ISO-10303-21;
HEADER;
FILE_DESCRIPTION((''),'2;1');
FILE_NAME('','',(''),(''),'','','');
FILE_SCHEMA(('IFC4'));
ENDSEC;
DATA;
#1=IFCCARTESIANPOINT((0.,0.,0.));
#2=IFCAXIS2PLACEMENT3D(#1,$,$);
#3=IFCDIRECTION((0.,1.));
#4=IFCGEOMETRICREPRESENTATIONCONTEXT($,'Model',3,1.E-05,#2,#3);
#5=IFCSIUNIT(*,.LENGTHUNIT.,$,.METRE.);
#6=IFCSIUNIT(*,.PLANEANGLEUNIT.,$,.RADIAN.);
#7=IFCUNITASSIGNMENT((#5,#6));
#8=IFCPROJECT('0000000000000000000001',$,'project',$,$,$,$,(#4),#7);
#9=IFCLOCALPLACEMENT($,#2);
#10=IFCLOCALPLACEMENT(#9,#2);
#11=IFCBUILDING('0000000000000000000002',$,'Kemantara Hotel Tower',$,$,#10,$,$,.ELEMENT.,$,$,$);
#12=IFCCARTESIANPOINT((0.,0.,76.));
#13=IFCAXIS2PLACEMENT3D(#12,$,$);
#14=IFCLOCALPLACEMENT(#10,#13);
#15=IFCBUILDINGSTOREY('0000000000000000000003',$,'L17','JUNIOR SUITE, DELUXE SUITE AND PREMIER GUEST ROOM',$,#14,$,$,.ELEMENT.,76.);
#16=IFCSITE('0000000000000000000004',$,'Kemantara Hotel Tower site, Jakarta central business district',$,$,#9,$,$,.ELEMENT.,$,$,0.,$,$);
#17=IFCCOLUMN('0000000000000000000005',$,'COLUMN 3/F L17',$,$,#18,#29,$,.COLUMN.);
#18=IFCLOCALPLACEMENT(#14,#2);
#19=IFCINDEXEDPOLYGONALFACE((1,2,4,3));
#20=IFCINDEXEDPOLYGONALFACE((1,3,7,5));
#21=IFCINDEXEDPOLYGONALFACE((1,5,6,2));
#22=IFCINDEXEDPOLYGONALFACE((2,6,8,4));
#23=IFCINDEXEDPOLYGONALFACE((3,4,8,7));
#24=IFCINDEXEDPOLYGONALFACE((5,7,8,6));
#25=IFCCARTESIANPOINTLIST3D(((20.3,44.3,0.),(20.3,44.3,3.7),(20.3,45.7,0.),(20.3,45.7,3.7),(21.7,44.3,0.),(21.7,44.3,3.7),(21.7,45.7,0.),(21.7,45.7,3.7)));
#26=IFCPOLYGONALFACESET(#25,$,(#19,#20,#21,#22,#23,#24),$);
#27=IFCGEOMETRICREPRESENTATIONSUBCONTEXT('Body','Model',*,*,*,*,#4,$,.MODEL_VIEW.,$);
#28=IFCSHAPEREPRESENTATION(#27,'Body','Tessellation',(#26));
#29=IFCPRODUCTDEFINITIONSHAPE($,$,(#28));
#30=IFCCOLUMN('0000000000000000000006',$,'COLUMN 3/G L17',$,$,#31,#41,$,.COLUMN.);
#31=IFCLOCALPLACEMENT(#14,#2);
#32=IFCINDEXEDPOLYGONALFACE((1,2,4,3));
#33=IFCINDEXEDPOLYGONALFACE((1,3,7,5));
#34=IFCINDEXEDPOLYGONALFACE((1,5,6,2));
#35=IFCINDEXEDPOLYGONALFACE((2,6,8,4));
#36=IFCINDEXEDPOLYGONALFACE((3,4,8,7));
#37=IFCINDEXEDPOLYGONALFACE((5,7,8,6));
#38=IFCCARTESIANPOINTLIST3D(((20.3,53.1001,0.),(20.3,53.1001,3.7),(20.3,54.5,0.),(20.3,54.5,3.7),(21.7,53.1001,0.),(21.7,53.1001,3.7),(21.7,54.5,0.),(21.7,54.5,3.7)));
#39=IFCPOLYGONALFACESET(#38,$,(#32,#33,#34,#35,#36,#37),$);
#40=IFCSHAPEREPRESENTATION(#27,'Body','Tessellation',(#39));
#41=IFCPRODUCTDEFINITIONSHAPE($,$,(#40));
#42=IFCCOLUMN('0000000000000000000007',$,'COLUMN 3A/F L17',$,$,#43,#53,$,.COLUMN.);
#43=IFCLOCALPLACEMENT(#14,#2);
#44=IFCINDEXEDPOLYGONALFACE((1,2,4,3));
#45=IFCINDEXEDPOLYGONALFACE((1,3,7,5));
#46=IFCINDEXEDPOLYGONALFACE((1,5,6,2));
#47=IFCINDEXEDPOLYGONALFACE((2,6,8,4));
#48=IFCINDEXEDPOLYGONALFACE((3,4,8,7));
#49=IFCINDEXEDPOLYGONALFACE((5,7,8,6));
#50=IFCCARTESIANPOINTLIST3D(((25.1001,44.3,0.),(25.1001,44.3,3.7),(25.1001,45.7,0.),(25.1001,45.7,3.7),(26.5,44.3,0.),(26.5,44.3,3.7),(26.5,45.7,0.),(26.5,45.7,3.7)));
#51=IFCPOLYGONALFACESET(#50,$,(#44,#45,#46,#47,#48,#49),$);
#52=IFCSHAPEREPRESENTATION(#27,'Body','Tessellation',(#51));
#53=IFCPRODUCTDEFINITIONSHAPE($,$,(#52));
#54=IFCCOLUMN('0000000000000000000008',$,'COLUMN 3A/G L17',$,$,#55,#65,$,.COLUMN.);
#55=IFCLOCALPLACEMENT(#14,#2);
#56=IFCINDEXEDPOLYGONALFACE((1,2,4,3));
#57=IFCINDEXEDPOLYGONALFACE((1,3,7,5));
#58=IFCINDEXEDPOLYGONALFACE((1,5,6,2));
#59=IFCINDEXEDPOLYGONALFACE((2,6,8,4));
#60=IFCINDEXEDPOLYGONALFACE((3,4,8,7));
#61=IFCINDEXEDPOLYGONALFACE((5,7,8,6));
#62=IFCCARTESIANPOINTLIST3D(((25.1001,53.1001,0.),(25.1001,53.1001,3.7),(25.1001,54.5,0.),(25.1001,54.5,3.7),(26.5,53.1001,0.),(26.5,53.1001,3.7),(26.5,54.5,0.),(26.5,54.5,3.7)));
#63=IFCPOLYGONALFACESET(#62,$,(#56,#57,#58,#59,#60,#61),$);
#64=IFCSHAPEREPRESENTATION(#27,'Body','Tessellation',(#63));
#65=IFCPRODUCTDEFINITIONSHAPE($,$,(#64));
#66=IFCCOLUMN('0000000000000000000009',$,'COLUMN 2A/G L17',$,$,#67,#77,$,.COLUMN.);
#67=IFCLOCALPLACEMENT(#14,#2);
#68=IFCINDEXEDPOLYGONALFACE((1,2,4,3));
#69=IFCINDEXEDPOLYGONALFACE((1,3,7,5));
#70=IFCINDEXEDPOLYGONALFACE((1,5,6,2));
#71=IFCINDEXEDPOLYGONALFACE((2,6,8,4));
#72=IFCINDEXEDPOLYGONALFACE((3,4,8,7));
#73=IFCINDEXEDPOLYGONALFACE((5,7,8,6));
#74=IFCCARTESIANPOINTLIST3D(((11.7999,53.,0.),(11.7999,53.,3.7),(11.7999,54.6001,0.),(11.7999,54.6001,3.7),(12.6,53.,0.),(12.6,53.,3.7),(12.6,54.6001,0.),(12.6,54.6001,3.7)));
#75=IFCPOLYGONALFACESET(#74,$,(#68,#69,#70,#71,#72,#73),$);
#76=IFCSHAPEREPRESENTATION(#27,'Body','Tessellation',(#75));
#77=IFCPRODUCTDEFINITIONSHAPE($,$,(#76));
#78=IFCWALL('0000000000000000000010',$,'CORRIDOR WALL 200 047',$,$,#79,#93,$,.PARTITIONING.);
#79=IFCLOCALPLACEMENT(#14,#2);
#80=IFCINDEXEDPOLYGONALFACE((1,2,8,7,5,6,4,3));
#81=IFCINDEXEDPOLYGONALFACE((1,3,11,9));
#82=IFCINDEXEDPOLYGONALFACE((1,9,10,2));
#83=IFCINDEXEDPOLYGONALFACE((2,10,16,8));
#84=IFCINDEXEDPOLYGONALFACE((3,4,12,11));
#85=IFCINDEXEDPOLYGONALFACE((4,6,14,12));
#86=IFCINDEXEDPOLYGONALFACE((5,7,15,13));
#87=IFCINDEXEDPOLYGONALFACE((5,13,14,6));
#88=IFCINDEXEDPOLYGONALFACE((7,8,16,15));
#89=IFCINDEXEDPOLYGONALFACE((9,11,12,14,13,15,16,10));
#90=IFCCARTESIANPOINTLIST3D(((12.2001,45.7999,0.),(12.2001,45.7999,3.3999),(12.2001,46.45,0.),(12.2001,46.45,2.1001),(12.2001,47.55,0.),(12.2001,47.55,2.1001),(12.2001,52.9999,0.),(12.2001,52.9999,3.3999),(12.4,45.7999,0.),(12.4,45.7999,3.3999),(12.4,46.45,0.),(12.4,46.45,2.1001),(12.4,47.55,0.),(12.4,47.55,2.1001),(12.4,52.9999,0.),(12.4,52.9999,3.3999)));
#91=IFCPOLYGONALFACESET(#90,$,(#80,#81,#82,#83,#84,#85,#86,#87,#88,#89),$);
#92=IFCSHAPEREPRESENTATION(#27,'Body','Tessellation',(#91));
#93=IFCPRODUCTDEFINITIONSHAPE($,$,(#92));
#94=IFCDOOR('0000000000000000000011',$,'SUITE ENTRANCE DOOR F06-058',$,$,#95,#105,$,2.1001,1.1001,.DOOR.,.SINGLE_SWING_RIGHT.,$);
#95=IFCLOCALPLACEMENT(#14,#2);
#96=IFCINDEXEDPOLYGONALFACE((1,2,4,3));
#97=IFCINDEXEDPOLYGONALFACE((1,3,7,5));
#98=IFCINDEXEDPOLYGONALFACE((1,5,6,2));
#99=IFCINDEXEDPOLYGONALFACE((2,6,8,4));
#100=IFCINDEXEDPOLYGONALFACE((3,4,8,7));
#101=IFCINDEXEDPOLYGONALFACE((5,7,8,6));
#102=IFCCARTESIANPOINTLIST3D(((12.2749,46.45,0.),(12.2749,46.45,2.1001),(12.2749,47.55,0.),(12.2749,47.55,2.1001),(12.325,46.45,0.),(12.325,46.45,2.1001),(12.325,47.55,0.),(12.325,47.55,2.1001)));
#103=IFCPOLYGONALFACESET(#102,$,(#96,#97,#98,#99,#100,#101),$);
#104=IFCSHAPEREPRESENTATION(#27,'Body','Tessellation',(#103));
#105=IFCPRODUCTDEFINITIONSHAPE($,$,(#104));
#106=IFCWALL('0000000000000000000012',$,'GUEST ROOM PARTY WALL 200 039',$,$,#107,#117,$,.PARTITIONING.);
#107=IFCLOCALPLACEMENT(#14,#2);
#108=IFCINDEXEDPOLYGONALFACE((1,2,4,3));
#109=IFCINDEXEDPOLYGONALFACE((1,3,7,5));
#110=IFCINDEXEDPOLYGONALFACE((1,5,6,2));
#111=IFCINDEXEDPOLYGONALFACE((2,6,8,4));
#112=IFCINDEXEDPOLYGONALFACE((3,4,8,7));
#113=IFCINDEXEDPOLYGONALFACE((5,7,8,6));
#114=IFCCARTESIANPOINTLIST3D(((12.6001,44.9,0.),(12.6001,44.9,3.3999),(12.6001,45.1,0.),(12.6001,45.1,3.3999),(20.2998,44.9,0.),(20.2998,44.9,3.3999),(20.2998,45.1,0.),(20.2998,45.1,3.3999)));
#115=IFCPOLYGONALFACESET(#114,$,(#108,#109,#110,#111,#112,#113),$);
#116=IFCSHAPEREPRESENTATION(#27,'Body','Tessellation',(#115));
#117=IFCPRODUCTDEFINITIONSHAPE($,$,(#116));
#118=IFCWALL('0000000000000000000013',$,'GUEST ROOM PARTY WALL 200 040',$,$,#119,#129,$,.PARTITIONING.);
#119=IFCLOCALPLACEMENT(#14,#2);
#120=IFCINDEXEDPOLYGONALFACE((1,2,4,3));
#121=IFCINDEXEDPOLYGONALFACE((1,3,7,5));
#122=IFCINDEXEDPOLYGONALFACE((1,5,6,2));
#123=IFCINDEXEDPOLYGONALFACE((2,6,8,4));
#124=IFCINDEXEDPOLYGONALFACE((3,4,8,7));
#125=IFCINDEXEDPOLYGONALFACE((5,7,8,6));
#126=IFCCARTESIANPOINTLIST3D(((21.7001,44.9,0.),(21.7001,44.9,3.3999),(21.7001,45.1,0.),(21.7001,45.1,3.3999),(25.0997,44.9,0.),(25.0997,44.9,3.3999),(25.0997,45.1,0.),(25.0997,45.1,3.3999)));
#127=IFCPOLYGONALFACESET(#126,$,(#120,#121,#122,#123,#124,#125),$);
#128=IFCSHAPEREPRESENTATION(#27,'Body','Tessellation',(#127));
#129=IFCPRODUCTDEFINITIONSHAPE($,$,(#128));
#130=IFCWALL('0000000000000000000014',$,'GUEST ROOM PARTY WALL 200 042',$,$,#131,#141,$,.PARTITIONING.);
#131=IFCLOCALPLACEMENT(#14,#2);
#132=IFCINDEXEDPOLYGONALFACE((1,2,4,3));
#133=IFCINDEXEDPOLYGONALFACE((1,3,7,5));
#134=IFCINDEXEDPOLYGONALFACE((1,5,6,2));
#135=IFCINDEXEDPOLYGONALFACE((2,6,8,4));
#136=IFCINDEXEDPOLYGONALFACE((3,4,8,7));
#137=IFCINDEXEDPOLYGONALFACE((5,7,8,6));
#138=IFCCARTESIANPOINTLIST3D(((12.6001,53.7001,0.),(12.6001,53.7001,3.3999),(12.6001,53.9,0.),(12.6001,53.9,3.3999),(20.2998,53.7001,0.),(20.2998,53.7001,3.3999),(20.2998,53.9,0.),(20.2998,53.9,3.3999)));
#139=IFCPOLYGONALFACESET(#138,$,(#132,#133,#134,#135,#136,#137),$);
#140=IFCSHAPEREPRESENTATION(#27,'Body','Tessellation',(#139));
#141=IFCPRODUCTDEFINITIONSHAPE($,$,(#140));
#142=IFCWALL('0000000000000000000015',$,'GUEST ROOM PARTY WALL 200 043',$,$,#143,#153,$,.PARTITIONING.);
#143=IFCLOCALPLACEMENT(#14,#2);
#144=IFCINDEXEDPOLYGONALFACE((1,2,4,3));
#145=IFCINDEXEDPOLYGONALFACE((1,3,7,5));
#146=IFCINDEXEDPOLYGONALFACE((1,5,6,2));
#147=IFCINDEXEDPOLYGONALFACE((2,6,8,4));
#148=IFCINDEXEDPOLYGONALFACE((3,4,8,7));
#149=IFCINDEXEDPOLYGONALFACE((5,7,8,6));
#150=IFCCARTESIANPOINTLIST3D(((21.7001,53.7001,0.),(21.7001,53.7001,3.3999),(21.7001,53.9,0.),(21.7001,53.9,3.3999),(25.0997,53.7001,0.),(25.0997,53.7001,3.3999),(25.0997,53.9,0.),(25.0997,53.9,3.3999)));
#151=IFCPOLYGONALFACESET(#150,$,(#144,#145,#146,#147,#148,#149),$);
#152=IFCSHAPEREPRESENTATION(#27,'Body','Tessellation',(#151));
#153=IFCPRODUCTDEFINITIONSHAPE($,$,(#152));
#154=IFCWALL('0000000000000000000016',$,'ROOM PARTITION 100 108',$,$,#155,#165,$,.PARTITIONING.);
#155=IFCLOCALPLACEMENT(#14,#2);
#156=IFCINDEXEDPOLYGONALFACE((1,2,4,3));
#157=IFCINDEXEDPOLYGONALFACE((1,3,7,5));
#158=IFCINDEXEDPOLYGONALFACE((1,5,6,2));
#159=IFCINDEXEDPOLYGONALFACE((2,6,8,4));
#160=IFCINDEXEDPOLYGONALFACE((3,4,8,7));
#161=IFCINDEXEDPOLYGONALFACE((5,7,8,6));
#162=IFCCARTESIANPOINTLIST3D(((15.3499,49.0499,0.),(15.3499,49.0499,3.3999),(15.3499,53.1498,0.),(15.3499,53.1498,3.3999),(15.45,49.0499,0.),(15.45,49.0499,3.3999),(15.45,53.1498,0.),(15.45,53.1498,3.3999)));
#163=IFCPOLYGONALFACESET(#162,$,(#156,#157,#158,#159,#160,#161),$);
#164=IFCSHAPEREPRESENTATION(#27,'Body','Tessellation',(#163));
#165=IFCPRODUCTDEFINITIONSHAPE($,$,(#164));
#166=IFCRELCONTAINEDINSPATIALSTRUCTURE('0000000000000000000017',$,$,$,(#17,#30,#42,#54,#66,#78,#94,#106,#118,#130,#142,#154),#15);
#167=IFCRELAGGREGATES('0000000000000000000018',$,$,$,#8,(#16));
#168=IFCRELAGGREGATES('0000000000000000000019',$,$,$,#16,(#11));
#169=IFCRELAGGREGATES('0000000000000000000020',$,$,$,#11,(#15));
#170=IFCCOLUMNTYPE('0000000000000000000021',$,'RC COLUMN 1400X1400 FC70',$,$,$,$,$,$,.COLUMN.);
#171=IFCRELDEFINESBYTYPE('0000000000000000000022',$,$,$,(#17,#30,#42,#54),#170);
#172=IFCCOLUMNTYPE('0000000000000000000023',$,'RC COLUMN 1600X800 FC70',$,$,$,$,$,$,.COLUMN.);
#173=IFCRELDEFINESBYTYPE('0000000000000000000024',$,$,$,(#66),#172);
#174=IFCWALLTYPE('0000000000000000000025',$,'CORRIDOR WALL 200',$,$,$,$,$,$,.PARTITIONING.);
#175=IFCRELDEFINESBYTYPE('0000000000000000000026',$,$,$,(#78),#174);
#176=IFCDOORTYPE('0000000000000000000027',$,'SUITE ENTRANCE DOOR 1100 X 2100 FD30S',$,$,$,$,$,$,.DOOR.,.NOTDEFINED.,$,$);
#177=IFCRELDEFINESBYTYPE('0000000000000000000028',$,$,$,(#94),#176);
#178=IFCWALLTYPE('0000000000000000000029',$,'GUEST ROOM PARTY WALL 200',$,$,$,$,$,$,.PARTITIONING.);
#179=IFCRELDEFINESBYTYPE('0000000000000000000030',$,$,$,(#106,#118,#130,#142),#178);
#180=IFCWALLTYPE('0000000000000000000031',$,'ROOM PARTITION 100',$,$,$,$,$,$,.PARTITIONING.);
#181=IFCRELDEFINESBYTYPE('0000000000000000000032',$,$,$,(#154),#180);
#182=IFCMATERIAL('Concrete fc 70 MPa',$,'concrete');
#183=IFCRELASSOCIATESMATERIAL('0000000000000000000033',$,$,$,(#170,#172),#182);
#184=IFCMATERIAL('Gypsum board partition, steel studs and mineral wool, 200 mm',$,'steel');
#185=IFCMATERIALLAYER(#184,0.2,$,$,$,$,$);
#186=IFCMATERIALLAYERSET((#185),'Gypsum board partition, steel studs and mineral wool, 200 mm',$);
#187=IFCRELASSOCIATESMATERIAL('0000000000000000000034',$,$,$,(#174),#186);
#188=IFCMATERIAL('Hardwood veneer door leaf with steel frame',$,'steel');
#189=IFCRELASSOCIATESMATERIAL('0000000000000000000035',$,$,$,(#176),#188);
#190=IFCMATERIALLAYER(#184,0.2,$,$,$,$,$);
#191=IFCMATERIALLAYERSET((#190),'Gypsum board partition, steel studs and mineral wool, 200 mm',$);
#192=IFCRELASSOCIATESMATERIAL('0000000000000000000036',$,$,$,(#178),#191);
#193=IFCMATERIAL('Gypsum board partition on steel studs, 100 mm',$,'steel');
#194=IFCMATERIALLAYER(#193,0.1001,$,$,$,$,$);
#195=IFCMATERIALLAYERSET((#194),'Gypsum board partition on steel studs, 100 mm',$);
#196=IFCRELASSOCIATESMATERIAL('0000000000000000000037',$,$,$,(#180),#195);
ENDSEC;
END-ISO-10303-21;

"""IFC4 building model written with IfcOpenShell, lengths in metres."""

from ifc_helpers import new_model, si_unit, direction, frame, frame_2d, origin, origin_2d, place, context, subcontext, project, spatial, rectangle, extrude, material, layer, layer_set, material_profile, profile_set, type_object, element, fill, save


model = new_model("IFC4")

# Units and contexts
model_context = context("Model", 3, precision=1e-05, world=origin(), true_north=direction((0.0, 1.0)))
body_context = subcontext(model_context, "Body", "Model", "MODEL_VIEW")
ifc_project = project(units=[si_unit("LENGTHUNIT", "METRE"), si_unit("PLANEANGLEUNIT", "RADIAN")], contexts=[model_context])

# Site, building, storey
site_placement = place(None, origin())
site = spatial("IfcSite", under=ifc_project, at=site_placement, Name="Kemantara Hotel Tower site, Jakarta central business district", CompositionType="ELEMENT", RefElevation=0.0)
building_placement = place(site_placement, origin())
building = spatial("IfcBuilding", under=site, at=building_placement, Name="Kemantara Hotel Tower", CompositionType="ELEMENT")
storey_placement = place(building_placement, frame((0.0, 0.0, 76.0)))
storey = spatial("IfcBuildingStorey", under=building, at=storey_placement, Name="L17", Description="JUNIOR SUITE, DELUXE SUITE AND PREMIER GUEST ROOM", CompositionType="ELEMENT", Elevation=76.0)

# Columns
ifc_material_1 = material(Name="Concrete fc 70 MPa", Category="concrete")
ifc_material_profile_1 = material_profile(ifc_material_1, rectangle(XDim=1.3999, YDim=1.3999, at=origin_2d()), Name="RC 1400X1400")
ifc_profile_set_1 = profile_set([ifc_material_profile_1], Name="Concrete fc 70 MPa")
column_type_1 = type_object("IfcColumnType", Name="RC COLUMN 1400X1400 FC70", PredefinedType="COLUMN", material=ifc_profile_set_1)
for number, where, z_axis, x_axis, name in (
    (1, (21.0, 45.0, 0.0), (0.0, 0.0, 1.0), (1.0, 0.0, 0.0), "COLUMN 3/F L17"),
    (2, (21.0, 53.8, 0.0), (0.0, 0.0, 1.0), (1.0, 0.0, 0.0), "COLUMN 3/G L17"),
    (3, (25.8, 45.0, 0.0), (0.0, 0.0, 1.0), (1.0, 0.0, 0.0), "COLUMN 3A/F L17"),
    (4, (25.8, 53.8, 0.0), (0.0, 0.0, 1.0), (1.0, 0.0, 0.0), "COLUMN 3A/G L17"),
):
    element("IfcColumn", number, at=place(storey_placement, frame(where, z_axis=z_axis, x_axis=x_axis)), inside=storey, type_object=column_type_1, Name=name, PredefinedType="COLUMN", context=body_context, shape_type="SweptSolid", body=[
        extrude(rectangle(XDim=1.3999, YDim=1.3999, at=origin_2d()), origin(), (0.0, 0.0, 1.0), 3.7),
    ])
ifc_material_profile_2 = material_profile(ifc_material_1, rectangle(XDim=1.6001, YDim=0.8, at=origin_2d()), Name="RC 1600X800")
ifc_profile_set_2 = profile_set([ifc_material_profile_2], Name="Concrete fc 70 MPa")
column_type_2 = type_object("IfcColumnType", Name="RC COLUMN 1600X800 FC70", PredefinedType="COLUMN", material=ifc_profile_set_2)
column_placement = place(storey_placement, frame((12.2, 53.8, 0.0), z_axis=(0.0, 0.0, 1.0), x_axis=(0.0, 1.0, 0.0)))
element("IfcColumn", 5, at=column_placement, inside=storey, type_object=column_type_2, Name="COLUMN 2A/G L17", PredefinedType="COLUMN", context=body_context, shape_type="SweptSolid", body=[
    extrude(rectangle(XDim=1.6001, YDim=0.8, at=origin_2d()), origin(), (0.0, 0.0, 1.0), 3.7),
])

# Wall, opening, door
ifc_material_2 = material(Name="Gypsum board partition, steel studs and mineral wool, 200 mm", Category="steel")
ifc_layer_1 = layer(ifc_material_2, 0.2)
ifc_layer_set_1 = layer_set([ifc_layer_1], Name="Gypsum board partition, steel studs and mineral wool, 200 mm")
wall_type_1 = type_object("IfcWallType", Name="CORRIDOR WALL 200", PredefinedType="PARTITIONING", material=ifc_layer_set_1)
wall_1_placement = place(storey_placement, frame((12.3, 53.0, 0.0), z_axis=(0.0, 0.0, 1.0), x_axis=(0.0, -1.0, 0.0)))
wall_1 = element("IfcWall", 6, at=wall_1_placement, inside=storey, type_object=wall_type_1, Name="CORRIDOR WALL 200 047", PredefinedType="PARTITIONING", context=body_context, shape_type="SweptSolid", body=[
    extrude(rectangle(XDim=7.2, YDim=0.2, at=frame_2d((3.6001, 0.0))), origin(), (0.0, 0.0, 1.0), 3.3999),
])
opening_1_placement = place(wall_1_placement, frame((5.45, 0.0, 0.0)))
opening_1 = element("IfcOpeningElement", 7, at=opening_1_placement, cuts=wall_1, PredefinedType="OPENING", context=body_context, shape_type="SweptSolid", body=[
    extrude(rectangle(XDim=1.1001, YDim=2.1001, at=frame_2d((0.55, 1.05))), frame((0.0, 0.1099, 0.0), z_axis=(0.0, -1.0, 0.0), x_axis=(1.0, 0.0, 0.0)), (0.0, 0.0, 1.0), 0.22),
])
ifc_material_3 = material(Name="Hardwood veneer door leaf with steel frame", Category="steel")
door_type_1 = type_object("IfcDoorType", Name="SUITE ENTRANCE DOOR 1100 X 2100 FD30S", OperationType="NOTDEFINED", PredefinedType="DOOR", material=ifc_material_3)
door_1_placement = place(opening_1_placement, origin())
door_1 = element("IfcDoor", 8, at=door_1_placement, inside=storey, type_object=door_type_1, Name="SUITE ENTRANCE DOOR F06-058", OperationType="SINGLE_SWING_RIGHT", OverallHeight=2.1001, OverallWidth=1.1001, PredefinedType="DOOR", context=body_context, shape_type="SweptSolid", body=[
    extrude(rectangle(XDim=1.1001, YDim=2.1001, at=frame_2d((0.55, 1.05))), frame((0.0, 0.0249, 0.0), z_axis=(0.0, -1.0, 0.0), x_axis=(1.0, 0.0, 0.0)), (0.0, 0.0, 1.0), 0.05),
])
fill(opening_1, door_1)

# Walls
ifc_layer_2 = layer(ifc_material_2, 0.2)
ifc_layer_set_2 = layer_set([ifc_layer_2], Name="Gypsum board partition, steel studs and mineral wool, 200 mm")
wall_type_2 = type_object("IfcWallType", Name="GUEST ROOM PARTY WALL 200", PredefinedType="PARTITIONING", material=ifc_layer_set_2)
wall_2_placement = place(storey_placement, frame((12.6001, 45.0, 0.0), z_axis=(0.0, 0.0, 1.0), x_axis=(1.0, 0.0, 0.0)))
element("IfcWall", 9, at=wall_2_placement, inside=storey, type_object=wall_type_2, Name="GUEST ROOM PARTY WALL 200 039", PredefinedType="PARTITIONING", context=body_context, shape_type="SweptSolid", body=[
    extrude(rectangle(XDim=7.6997, YDim=0.2, at=frame_2d((3.8499, 0.0))), origin(), (0.0, 0.0, 1.0), 3.3999),
])
wall_3_placement = place(storey_placement, frame((21.7002, 45.0, 0.0), z_axis=(0.0, 0.0, 1.0), x_axis=(1.0, 0.0, 0.0)))
element("IfcWall", 10, at=wall_3_placement, inside=storey, type_object=wall_type_2, Name="GUEST ROOM PARTY WALL 200 040", PredefinedType="PARTITIONING", context=body_context, shape_type="SweptSolid", body=[
    extrude(rectangle(XDim=3.3997, YDim=0.2, at=frame_2d((1.6997, 0.0))), origin(), (0.0, 0.0, 1.0), 3.3999),
])
wall_4_placement = place(storey_placement, frame((12.6001, 53.8, 0.0), z_axis=(0.0, 0.0, 1.0), x_axis=(1.0, 0.0, 0.0)))
element("IfcWall", 11, at=wall_4_placement, inside=storey, type_object=wall_type_2, Name="GUEST ROOM PARTY WALL 200 042", PredefinedType="PARTITIONING", context=body_context, shape_type="SweptSolid", body=[
    extrude(rectangle(XDim=7.6997, YDim=0.2, at=frame_2d((3.8499, 0.0))), origin(), (0.0, 0.0, 1.0), 3.3999),
])
wall_5_placement = place(storey_placement, frame((21.7002, 53.8, 0.0), z_axis=(0.0, 0.0, 1.0), x_axis=(1.0, 0.0, 0.0)))
element("IfcWall", 12, at=wall_5_placement, inside=storey, type_object=wall_type_2, Name="GUEST ROOM PARTY WALL 200 043", PredefinedType="PARTITIONING", context=body_context, shape_type="SweptSolid", body=[
    extrude(rectangle(XDim=3.3997, YDim=0.2, at=frame_2d((1.6997, 0.0))), origin(), (0.0, 0.0, 1.0), 3.3999),
])
ifc_material_4 = material(Name="Gypsum board partition on steel studs, 100 mm", Category="steel")
ifc_layer_3 = layer(ifc_material_4, 0.1001)
ifc_layer_set_3 = layer_set([ifc_layer_3], Name="Gypsum board partition on steel studs, 100 mm")
wall_type_3 = type_object("IfcWallType", Name="ROOM PARTITION 100", PredefinedType="PARTITIONING", material=ifc_layer_set_3)
wall_6_placement = place(storey_placement, frame((15.3999, 49.05, 0.0), z_axis=(0.0, 0.0, 1.0), x_axis=(0.0, 1.0, 0.0)))
element("IfcWall", 13, at=wall_6_placement, inside=storey, type_object=wall_type_3, Name="ROOM PARTITION 100 108", PredefinedType="PARTITIONING", context=body_context, shape_type="SweptSolid", body=[
    extrude(rectangle(XDim=4.0999, YDim=0.1001, at=frame_2d((2.0498, 0.0))), origin(), (0.0, 0.0, 1.0), 3.3999),
])

save(model, "model.ifc")
